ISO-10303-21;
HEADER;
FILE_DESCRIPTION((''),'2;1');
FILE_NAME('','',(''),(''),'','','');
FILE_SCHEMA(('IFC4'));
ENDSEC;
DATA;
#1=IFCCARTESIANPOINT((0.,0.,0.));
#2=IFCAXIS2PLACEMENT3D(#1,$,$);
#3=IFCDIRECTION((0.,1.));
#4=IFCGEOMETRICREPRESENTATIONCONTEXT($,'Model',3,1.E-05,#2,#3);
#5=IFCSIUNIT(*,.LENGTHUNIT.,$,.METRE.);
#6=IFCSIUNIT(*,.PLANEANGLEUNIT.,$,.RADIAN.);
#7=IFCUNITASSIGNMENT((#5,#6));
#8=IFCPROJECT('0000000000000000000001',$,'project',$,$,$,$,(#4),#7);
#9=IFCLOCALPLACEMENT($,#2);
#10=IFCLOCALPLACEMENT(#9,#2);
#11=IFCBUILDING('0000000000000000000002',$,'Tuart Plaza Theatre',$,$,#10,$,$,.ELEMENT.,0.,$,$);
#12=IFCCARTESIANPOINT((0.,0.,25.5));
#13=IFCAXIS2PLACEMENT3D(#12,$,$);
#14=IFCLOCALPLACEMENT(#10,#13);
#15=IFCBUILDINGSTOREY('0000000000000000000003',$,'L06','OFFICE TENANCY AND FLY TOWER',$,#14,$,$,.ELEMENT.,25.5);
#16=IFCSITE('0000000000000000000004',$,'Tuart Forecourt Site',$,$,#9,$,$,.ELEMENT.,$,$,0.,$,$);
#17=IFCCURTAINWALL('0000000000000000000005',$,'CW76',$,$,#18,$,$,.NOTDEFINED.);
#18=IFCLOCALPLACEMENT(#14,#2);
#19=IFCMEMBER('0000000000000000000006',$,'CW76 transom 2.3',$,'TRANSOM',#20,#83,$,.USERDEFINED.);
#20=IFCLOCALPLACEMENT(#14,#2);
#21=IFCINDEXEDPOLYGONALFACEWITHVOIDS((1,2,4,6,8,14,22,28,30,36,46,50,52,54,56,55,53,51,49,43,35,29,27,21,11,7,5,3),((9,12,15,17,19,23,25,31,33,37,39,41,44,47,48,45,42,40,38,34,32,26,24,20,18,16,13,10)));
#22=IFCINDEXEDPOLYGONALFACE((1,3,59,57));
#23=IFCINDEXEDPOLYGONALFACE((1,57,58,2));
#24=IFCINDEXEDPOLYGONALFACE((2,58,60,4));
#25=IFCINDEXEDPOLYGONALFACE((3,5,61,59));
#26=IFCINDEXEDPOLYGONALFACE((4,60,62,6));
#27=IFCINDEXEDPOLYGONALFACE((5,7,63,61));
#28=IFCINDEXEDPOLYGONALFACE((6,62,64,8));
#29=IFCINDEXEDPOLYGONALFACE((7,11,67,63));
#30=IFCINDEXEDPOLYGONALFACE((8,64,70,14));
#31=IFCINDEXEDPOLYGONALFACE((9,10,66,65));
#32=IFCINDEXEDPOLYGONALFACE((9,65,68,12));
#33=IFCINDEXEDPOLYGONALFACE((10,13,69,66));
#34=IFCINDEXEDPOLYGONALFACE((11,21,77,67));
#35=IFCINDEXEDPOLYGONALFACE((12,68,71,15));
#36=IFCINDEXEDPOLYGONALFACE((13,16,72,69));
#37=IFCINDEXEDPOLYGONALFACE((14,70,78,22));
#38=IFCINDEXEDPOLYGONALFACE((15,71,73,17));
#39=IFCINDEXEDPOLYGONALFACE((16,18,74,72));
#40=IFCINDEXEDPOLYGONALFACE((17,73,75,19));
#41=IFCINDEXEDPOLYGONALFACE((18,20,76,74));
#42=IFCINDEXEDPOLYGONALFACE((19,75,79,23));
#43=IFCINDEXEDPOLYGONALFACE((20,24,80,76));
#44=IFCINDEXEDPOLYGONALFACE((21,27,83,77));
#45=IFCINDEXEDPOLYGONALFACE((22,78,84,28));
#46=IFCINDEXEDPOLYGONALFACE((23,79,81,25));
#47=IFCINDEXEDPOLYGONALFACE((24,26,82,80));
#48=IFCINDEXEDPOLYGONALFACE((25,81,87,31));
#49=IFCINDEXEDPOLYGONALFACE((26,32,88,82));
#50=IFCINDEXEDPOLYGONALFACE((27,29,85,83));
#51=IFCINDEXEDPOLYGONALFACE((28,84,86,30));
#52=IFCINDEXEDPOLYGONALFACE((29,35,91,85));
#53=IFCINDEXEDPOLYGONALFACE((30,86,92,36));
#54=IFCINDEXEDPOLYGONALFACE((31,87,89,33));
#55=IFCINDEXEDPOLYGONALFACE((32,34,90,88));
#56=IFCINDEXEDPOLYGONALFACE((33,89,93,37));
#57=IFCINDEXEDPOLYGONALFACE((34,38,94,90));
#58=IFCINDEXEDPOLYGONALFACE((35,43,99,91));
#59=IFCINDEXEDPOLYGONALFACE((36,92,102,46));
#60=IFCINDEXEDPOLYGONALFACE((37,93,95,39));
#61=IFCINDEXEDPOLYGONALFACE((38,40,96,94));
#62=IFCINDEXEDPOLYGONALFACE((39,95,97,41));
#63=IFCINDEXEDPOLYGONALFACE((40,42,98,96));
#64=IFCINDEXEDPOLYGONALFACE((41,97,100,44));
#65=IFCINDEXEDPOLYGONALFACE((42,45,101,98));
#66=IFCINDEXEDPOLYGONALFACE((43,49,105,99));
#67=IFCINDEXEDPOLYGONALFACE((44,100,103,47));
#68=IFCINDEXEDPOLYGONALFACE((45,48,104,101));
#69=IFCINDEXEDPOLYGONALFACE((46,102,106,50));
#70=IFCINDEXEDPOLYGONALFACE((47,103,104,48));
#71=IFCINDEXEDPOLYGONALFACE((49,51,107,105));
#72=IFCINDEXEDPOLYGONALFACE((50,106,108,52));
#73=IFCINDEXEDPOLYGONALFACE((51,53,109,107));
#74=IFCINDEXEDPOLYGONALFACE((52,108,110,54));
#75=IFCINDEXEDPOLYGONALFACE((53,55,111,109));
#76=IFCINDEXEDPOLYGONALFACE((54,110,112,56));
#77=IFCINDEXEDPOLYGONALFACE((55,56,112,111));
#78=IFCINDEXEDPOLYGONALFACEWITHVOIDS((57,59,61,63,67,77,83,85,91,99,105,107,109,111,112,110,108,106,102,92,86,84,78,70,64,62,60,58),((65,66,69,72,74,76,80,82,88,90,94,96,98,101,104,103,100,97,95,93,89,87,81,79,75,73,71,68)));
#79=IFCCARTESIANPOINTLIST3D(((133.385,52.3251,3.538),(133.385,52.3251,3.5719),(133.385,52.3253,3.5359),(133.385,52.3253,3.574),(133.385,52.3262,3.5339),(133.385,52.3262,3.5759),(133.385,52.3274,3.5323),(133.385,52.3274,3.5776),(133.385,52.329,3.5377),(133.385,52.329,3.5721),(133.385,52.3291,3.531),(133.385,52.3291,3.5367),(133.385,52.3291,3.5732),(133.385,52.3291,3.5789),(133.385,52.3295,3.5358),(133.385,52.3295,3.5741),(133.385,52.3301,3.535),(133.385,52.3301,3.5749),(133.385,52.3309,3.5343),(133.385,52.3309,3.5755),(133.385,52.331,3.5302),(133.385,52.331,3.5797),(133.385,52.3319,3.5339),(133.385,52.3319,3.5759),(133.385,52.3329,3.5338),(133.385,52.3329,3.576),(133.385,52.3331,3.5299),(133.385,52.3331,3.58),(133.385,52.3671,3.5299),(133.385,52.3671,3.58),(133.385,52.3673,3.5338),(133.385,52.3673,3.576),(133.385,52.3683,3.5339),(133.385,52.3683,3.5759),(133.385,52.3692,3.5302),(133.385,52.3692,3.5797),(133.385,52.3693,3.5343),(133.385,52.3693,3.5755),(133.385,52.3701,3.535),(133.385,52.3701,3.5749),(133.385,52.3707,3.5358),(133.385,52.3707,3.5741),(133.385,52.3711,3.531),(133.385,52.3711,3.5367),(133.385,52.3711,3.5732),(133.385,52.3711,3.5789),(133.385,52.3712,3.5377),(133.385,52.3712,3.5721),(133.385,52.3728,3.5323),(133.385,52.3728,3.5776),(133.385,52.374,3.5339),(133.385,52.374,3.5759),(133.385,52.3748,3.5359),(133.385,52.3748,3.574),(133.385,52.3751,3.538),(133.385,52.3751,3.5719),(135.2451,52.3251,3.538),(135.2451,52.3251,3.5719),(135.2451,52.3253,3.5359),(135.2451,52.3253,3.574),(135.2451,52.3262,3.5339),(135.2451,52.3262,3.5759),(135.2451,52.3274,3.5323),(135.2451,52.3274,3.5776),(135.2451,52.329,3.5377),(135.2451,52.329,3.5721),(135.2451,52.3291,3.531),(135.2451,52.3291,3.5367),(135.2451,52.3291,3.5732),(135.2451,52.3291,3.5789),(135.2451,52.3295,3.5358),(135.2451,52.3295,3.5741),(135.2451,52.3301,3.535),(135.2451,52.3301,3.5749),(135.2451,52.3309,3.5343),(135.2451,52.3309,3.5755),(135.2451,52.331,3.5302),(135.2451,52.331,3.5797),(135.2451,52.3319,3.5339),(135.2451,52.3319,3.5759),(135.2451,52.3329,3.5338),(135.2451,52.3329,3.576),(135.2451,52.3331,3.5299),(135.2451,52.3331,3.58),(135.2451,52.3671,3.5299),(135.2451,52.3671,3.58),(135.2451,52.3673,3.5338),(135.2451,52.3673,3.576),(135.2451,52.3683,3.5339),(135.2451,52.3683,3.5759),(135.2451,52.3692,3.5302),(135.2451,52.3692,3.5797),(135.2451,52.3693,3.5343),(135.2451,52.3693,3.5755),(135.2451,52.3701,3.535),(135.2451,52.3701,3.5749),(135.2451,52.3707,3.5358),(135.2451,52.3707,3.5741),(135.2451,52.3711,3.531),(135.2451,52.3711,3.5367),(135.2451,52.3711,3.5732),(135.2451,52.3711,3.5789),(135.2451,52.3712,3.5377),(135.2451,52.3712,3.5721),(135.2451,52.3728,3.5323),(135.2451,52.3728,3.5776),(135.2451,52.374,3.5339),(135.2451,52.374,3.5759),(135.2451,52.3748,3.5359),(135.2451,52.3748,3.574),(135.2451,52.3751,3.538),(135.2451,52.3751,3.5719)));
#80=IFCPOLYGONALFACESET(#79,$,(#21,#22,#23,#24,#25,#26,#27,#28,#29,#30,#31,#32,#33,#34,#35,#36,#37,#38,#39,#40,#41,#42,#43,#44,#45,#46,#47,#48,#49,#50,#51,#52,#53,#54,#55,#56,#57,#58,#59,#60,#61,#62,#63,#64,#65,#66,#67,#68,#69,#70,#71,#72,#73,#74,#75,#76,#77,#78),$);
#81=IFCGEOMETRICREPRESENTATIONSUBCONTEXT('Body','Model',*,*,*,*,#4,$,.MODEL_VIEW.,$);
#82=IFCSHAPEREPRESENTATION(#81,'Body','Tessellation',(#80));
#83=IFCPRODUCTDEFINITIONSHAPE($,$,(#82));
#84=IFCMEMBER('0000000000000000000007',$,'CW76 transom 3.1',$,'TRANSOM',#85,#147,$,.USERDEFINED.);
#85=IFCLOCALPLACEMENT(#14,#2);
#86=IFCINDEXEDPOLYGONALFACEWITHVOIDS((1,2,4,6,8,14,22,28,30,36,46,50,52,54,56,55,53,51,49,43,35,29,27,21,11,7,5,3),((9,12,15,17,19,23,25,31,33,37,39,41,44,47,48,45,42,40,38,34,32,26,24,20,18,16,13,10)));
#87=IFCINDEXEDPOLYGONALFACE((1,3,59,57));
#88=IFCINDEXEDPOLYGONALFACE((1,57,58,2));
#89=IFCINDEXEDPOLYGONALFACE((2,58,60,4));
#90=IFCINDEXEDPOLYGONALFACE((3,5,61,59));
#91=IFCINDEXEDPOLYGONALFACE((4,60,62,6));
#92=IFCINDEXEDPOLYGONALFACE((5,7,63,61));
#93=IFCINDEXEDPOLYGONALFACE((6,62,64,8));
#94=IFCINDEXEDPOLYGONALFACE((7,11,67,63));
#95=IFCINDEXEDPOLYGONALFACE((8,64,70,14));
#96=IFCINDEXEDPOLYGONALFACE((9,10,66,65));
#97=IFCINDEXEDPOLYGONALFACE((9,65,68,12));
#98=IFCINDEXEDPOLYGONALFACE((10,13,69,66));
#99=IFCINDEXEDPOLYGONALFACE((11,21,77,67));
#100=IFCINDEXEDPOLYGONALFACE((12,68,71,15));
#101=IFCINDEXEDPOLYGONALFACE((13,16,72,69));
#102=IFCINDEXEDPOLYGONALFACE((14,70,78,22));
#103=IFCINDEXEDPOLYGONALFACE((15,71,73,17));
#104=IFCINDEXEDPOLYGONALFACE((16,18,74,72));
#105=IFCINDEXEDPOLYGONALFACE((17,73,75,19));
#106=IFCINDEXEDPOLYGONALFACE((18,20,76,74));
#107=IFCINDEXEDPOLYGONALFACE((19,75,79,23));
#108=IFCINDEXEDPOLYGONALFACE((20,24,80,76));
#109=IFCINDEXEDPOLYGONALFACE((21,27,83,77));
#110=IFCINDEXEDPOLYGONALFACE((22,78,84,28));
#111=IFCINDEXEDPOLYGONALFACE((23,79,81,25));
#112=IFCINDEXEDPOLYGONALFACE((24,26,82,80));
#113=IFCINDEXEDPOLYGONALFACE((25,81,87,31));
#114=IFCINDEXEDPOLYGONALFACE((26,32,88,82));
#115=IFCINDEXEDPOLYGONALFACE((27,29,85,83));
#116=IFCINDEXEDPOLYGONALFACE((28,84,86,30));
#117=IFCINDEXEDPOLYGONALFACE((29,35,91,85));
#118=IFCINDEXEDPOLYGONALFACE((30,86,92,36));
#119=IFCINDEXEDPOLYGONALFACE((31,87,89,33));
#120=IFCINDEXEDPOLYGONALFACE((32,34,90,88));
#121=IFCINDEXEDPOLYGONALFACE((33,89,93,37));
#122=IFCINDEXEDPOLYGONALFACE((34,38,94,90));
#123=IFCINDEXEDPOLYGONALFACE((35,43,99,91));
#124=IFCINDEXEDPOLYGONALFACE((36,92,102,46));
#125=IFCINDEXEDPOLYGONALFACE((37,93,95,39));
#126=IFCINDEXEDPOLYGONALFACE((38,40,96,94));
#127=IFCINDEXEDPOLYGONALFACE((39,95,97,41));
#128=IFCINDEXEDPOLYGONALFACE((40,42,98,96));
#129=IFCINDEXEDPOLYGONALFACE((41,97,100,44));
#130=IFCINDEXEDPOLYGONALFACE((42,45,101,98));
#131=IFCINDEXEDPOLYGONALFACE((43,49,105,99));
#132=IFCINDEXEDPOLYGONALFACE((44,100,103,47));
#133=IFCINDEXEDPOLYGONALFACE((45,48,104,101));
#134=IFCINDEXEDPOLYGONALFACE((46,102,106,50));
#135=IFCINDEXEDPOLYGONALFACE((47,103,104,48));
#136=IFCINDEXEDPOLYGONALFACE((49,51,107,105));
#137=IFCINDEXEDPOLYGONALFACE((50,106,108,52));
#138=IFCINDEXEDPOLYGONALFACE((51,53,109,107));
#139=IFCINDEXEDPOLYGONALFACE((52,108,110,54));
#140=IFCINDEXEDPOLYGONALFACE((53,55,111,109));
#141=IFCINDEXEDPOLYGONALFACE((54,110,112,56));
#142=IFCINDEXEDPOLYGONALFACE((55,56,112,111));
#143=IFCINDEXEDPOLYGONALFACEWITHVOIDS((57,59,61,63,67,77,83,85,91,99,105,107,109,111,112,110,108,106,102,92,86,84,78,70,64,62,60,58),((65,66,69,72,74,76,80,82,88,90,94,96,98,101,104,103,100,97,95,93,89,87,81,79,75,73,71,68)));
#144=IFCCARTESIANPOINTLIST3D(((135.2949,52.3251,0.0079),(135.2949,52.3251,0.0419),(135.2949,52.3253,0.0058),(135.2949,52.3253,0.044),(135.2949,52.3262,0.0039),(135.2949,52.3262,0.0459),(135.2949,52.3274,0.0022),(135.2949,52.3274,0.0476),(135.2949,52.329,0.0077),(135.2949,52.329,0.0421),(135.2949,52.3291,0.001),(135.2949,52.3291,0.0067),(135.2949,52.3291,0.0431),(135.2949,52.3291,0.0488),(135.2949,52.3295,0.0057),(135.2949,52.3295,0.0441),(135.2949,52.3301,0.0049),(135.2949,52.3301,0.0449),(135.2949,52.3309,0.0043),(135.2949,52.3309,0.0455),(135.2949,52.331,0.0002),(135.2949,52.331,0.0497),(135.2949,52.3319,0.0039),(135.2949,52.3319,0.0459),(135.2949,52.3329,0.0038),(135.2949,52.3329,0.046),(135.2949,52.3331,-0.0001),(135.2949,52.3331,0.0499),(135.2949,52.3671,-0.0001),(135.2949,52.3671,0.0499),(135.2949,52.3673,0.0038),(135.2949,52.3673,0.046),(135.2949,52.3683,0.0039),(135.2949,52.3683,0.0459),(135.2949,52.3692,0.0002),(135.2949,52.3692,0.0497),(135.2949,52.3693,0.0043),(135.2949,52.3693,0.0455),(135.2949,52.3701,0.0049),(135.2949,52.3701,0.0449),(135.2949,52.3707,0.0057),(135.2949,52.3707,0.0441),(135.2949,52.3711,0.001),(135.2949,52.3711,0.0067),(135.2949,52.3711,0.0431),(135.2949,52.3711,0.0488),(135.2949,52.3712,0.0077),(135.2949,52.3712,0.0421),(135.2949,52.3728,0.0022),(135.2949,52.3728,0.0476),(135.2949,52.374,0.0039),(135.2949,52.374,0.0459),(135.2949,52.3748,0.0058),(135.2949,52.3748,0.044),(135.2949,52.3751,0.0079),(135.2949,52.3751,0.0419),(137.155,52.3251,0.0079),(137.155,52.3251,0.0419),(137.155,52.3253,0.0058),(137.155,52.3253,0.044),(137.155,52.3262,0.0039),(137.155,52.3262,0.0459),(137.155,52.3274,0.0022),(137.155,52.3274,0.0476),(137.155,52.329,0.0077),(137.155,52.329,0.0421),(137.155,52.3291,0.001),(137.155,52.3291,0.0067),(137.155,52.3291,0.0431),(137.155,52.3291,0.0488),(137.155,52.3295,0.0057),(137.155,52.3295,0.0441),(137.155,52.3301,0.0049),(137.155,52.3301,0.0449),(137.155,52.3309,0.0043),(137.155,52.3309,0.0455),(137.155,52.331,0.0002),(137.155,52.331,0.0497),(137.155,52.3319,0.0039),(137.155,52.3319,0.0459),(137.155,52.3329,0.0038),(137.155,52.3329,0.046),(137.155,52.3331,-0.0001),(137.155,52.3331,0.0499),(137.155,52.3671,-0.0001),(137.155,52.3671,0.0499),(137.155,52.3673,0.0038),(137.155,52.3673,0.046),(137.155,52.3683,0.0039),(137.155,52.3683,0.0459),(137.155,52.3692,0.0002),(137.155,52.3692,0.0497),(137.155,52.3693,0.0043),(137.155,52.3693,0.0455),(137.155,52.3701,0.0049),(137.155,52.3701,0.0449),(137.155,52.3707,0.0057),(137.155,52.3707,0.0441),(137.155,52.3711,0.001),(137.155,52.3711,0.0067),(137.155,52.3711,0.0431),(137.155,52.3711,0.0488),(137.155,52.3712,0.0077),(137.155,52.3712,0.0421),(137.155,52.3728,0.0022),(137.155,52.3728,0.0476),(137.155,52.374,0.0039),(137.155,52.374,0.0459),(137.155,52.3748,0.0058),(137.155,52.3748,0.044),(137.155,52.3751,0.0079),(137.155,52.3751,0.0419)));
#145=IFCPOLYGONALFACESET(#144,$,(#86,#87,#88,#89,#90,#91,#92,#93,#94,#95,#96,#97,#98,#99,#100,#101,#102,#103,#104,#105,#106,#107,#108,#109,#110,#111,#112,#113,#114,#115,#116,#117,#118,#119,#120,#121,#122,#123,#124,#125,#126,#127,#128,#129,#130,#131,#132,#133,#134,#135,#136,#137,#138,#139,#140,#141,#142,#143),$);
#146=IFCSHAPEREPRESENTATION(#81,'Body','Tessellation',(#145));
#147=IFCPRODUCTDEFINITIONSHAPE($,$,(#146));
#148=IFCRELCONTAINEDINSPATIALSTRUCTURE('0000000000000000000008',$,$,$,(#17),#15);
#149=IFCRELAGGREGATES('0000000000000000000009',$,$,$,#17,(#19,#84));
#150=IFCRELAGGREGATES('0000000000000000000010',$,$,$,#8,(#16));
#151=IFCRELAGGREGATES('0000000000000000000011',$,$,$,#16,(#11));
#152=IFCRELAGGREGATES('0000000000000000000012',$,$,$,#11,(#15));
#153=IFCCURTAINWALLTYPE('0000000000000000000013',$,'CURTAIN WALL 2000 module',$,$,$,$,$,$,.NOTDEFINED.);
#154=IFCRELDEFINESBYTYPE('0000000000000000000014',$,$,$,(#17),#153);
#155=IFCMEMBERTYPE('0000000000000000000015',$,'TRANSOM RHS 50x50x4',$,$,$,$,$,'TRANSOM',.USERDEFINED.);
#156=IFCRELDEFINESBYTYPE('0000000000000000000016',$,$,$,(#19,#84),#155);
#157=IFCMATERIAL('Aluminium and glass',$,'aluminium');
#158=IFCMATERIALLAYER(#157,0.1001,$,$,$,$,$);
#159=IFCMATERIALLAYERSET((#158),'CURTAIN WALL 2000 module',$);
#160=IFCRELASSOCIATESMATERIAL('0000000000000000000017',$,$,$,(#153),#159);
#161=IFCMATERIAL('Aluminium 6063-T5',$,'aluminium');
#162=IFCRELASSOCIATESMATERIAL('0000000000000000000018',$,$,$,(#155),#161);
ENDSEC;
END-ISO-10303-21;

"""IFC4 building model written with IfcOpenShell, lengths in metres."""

from ifc_helpers import new_model, si_unit, direction, frame, origin, origin_2d, place, context, subcontext, project, spatial, hollow_rectangle, extrude, material, layer, layer_set, material_profile, profile_set, type_object, element, aggregate, save


model = new_model("IFC4")

# Units and contexts
model_context = context("Model", 3, precision=1e-05, world=origin(), true_north=direction((0.0, 1.0)))
body_context = subcontext(model_context, "Body", "Model", "MODEL_VIEW")
ifc_project = project(units=[si_unit("LENGTHUNIT", "METRE"), si_unit("PLANEANGLEUNIT", "RADIAN")], contexts=[model_context])

# Site, building, storey
site_placement = place(None, origin())
site = spatial("IfcSite", under=ifc_project, at=site_placement, Name="Tuart Forecourt Site", CompositionType="ELEMENT", RefElevation=0.0)
building_placement = place(site_placement, origin())
building = spatial("IfcBuilding", under=site, at=building_placement, Name="Tuart Plaza Theatre", CompositionType="ELEMENT", ElevationOfRefHeight=0.0)
storey_placement = place(building_placement, frame((0.0, 0.0, 25.5)))
storey = spatial("IfcBuildingStorey", under=building, at=storey_placement, Name="L06", Description="OFFICE TENANCY AND FLY TOWER", CompositionType="ELEMENT", Elevation=25.5)

# Curtain wall, members
ifc_material_1 = material(Name="Aluminium and glass", Category="aluminium")
ifc_layer_1 = layer(ifc_material_1, 0.1001)
ifc_layer_set_1 = layer_set([ifc_layer_1], Name="CURTAIN WALL 2000 module")
curtain_wall_type = type_object("IfcCurtainWallType", Name="CURTAIN WALL 2000 module", PredefinedType="NOTDEFINED", material=ifc_layer_set_1)
curtain_wall_placement = place(storey_placement, origin())
curtain_wall = element("IfcCurtainWall", 1, at=curtain_wall_placement, inside=storey, type_object=curtain_wall_type, Name="CW76", PredefinedType="NOTDEFINED")
ifc_material_2 = material(Name="Aluminium 6063-T5", Category="aluminium")
ifc_material_profile_1 = material_profile(ifc_material_2, hollow_rectangle(XDim=0.05, YDim=0.05, WallThickness=0.0039, InnerFilletRadius=0.0039, OuterFilletRadius=0.0081, at=origin_2d()), Name="RHS 50x50x4")
ifc_profile_set_1 = profile_set([ifc_material_profile_1], Name="Aluminium 6063-T5")
member_type_1 = type_object("IfcMemberType", Name="TRANSOM RHS 50x50x4", ElementType="TRANSOM", PredefinedType="USERDEFINED", material=ifc_profile_set_1)
member_1_placement = place(storey_placement, frame((133.385, 52.3501, 3.5549), z_axis=(1.0, 0.0, 0.0), x_axis=(0.0, 1.0, 0.0)))
member_1 = element("IfcMember", 2, at=member_1_placement, type_object=member_type_1, Name="CW76 transom 2.3", ObjectType="TRANSOM", PredefinedType="USERDEFINED", context=body_context, shape_type="SweptSolid", body=[
    extrude(hollow_rectangle(XDim=0.05, YDim=0.05, WallThickness=0.0039, InnerFilletRadius=0.0039, OuterFilletRadius=0.0081, at=origin_2d()), origin(), (0.0, 0.0, 1.0), 1.8601),
])
member_2_placement = place(storey_placement, frame((135.2949, 52.3501, 0.0249), z_axis=(1.0, 0.0, 0.0), x_axis=(0.0, 1.0, 0.0)))
member_2 = element("IfcMember", 3, at=member_2_placement, type_object=member_type_1, Name="CW76 transom 3.1", ObjectType="TRANSOM", PredefinedType="USERDEFINED", context=body_context, shape_type="SweptSolid", body=[
    extrude(hollow_rectangle(XDim=0.05, YDim=0.05, WallThickness=0.0039, InnerFilletRadius=0.0039, OuterFilletRadius=0.0081, at=origin_2d()), origin(), (0.0, 0.0, 1.0), 1.8601),
])
aggregate(curtain_wall, [member_1, member_2])

save(model, "model.ifc")
